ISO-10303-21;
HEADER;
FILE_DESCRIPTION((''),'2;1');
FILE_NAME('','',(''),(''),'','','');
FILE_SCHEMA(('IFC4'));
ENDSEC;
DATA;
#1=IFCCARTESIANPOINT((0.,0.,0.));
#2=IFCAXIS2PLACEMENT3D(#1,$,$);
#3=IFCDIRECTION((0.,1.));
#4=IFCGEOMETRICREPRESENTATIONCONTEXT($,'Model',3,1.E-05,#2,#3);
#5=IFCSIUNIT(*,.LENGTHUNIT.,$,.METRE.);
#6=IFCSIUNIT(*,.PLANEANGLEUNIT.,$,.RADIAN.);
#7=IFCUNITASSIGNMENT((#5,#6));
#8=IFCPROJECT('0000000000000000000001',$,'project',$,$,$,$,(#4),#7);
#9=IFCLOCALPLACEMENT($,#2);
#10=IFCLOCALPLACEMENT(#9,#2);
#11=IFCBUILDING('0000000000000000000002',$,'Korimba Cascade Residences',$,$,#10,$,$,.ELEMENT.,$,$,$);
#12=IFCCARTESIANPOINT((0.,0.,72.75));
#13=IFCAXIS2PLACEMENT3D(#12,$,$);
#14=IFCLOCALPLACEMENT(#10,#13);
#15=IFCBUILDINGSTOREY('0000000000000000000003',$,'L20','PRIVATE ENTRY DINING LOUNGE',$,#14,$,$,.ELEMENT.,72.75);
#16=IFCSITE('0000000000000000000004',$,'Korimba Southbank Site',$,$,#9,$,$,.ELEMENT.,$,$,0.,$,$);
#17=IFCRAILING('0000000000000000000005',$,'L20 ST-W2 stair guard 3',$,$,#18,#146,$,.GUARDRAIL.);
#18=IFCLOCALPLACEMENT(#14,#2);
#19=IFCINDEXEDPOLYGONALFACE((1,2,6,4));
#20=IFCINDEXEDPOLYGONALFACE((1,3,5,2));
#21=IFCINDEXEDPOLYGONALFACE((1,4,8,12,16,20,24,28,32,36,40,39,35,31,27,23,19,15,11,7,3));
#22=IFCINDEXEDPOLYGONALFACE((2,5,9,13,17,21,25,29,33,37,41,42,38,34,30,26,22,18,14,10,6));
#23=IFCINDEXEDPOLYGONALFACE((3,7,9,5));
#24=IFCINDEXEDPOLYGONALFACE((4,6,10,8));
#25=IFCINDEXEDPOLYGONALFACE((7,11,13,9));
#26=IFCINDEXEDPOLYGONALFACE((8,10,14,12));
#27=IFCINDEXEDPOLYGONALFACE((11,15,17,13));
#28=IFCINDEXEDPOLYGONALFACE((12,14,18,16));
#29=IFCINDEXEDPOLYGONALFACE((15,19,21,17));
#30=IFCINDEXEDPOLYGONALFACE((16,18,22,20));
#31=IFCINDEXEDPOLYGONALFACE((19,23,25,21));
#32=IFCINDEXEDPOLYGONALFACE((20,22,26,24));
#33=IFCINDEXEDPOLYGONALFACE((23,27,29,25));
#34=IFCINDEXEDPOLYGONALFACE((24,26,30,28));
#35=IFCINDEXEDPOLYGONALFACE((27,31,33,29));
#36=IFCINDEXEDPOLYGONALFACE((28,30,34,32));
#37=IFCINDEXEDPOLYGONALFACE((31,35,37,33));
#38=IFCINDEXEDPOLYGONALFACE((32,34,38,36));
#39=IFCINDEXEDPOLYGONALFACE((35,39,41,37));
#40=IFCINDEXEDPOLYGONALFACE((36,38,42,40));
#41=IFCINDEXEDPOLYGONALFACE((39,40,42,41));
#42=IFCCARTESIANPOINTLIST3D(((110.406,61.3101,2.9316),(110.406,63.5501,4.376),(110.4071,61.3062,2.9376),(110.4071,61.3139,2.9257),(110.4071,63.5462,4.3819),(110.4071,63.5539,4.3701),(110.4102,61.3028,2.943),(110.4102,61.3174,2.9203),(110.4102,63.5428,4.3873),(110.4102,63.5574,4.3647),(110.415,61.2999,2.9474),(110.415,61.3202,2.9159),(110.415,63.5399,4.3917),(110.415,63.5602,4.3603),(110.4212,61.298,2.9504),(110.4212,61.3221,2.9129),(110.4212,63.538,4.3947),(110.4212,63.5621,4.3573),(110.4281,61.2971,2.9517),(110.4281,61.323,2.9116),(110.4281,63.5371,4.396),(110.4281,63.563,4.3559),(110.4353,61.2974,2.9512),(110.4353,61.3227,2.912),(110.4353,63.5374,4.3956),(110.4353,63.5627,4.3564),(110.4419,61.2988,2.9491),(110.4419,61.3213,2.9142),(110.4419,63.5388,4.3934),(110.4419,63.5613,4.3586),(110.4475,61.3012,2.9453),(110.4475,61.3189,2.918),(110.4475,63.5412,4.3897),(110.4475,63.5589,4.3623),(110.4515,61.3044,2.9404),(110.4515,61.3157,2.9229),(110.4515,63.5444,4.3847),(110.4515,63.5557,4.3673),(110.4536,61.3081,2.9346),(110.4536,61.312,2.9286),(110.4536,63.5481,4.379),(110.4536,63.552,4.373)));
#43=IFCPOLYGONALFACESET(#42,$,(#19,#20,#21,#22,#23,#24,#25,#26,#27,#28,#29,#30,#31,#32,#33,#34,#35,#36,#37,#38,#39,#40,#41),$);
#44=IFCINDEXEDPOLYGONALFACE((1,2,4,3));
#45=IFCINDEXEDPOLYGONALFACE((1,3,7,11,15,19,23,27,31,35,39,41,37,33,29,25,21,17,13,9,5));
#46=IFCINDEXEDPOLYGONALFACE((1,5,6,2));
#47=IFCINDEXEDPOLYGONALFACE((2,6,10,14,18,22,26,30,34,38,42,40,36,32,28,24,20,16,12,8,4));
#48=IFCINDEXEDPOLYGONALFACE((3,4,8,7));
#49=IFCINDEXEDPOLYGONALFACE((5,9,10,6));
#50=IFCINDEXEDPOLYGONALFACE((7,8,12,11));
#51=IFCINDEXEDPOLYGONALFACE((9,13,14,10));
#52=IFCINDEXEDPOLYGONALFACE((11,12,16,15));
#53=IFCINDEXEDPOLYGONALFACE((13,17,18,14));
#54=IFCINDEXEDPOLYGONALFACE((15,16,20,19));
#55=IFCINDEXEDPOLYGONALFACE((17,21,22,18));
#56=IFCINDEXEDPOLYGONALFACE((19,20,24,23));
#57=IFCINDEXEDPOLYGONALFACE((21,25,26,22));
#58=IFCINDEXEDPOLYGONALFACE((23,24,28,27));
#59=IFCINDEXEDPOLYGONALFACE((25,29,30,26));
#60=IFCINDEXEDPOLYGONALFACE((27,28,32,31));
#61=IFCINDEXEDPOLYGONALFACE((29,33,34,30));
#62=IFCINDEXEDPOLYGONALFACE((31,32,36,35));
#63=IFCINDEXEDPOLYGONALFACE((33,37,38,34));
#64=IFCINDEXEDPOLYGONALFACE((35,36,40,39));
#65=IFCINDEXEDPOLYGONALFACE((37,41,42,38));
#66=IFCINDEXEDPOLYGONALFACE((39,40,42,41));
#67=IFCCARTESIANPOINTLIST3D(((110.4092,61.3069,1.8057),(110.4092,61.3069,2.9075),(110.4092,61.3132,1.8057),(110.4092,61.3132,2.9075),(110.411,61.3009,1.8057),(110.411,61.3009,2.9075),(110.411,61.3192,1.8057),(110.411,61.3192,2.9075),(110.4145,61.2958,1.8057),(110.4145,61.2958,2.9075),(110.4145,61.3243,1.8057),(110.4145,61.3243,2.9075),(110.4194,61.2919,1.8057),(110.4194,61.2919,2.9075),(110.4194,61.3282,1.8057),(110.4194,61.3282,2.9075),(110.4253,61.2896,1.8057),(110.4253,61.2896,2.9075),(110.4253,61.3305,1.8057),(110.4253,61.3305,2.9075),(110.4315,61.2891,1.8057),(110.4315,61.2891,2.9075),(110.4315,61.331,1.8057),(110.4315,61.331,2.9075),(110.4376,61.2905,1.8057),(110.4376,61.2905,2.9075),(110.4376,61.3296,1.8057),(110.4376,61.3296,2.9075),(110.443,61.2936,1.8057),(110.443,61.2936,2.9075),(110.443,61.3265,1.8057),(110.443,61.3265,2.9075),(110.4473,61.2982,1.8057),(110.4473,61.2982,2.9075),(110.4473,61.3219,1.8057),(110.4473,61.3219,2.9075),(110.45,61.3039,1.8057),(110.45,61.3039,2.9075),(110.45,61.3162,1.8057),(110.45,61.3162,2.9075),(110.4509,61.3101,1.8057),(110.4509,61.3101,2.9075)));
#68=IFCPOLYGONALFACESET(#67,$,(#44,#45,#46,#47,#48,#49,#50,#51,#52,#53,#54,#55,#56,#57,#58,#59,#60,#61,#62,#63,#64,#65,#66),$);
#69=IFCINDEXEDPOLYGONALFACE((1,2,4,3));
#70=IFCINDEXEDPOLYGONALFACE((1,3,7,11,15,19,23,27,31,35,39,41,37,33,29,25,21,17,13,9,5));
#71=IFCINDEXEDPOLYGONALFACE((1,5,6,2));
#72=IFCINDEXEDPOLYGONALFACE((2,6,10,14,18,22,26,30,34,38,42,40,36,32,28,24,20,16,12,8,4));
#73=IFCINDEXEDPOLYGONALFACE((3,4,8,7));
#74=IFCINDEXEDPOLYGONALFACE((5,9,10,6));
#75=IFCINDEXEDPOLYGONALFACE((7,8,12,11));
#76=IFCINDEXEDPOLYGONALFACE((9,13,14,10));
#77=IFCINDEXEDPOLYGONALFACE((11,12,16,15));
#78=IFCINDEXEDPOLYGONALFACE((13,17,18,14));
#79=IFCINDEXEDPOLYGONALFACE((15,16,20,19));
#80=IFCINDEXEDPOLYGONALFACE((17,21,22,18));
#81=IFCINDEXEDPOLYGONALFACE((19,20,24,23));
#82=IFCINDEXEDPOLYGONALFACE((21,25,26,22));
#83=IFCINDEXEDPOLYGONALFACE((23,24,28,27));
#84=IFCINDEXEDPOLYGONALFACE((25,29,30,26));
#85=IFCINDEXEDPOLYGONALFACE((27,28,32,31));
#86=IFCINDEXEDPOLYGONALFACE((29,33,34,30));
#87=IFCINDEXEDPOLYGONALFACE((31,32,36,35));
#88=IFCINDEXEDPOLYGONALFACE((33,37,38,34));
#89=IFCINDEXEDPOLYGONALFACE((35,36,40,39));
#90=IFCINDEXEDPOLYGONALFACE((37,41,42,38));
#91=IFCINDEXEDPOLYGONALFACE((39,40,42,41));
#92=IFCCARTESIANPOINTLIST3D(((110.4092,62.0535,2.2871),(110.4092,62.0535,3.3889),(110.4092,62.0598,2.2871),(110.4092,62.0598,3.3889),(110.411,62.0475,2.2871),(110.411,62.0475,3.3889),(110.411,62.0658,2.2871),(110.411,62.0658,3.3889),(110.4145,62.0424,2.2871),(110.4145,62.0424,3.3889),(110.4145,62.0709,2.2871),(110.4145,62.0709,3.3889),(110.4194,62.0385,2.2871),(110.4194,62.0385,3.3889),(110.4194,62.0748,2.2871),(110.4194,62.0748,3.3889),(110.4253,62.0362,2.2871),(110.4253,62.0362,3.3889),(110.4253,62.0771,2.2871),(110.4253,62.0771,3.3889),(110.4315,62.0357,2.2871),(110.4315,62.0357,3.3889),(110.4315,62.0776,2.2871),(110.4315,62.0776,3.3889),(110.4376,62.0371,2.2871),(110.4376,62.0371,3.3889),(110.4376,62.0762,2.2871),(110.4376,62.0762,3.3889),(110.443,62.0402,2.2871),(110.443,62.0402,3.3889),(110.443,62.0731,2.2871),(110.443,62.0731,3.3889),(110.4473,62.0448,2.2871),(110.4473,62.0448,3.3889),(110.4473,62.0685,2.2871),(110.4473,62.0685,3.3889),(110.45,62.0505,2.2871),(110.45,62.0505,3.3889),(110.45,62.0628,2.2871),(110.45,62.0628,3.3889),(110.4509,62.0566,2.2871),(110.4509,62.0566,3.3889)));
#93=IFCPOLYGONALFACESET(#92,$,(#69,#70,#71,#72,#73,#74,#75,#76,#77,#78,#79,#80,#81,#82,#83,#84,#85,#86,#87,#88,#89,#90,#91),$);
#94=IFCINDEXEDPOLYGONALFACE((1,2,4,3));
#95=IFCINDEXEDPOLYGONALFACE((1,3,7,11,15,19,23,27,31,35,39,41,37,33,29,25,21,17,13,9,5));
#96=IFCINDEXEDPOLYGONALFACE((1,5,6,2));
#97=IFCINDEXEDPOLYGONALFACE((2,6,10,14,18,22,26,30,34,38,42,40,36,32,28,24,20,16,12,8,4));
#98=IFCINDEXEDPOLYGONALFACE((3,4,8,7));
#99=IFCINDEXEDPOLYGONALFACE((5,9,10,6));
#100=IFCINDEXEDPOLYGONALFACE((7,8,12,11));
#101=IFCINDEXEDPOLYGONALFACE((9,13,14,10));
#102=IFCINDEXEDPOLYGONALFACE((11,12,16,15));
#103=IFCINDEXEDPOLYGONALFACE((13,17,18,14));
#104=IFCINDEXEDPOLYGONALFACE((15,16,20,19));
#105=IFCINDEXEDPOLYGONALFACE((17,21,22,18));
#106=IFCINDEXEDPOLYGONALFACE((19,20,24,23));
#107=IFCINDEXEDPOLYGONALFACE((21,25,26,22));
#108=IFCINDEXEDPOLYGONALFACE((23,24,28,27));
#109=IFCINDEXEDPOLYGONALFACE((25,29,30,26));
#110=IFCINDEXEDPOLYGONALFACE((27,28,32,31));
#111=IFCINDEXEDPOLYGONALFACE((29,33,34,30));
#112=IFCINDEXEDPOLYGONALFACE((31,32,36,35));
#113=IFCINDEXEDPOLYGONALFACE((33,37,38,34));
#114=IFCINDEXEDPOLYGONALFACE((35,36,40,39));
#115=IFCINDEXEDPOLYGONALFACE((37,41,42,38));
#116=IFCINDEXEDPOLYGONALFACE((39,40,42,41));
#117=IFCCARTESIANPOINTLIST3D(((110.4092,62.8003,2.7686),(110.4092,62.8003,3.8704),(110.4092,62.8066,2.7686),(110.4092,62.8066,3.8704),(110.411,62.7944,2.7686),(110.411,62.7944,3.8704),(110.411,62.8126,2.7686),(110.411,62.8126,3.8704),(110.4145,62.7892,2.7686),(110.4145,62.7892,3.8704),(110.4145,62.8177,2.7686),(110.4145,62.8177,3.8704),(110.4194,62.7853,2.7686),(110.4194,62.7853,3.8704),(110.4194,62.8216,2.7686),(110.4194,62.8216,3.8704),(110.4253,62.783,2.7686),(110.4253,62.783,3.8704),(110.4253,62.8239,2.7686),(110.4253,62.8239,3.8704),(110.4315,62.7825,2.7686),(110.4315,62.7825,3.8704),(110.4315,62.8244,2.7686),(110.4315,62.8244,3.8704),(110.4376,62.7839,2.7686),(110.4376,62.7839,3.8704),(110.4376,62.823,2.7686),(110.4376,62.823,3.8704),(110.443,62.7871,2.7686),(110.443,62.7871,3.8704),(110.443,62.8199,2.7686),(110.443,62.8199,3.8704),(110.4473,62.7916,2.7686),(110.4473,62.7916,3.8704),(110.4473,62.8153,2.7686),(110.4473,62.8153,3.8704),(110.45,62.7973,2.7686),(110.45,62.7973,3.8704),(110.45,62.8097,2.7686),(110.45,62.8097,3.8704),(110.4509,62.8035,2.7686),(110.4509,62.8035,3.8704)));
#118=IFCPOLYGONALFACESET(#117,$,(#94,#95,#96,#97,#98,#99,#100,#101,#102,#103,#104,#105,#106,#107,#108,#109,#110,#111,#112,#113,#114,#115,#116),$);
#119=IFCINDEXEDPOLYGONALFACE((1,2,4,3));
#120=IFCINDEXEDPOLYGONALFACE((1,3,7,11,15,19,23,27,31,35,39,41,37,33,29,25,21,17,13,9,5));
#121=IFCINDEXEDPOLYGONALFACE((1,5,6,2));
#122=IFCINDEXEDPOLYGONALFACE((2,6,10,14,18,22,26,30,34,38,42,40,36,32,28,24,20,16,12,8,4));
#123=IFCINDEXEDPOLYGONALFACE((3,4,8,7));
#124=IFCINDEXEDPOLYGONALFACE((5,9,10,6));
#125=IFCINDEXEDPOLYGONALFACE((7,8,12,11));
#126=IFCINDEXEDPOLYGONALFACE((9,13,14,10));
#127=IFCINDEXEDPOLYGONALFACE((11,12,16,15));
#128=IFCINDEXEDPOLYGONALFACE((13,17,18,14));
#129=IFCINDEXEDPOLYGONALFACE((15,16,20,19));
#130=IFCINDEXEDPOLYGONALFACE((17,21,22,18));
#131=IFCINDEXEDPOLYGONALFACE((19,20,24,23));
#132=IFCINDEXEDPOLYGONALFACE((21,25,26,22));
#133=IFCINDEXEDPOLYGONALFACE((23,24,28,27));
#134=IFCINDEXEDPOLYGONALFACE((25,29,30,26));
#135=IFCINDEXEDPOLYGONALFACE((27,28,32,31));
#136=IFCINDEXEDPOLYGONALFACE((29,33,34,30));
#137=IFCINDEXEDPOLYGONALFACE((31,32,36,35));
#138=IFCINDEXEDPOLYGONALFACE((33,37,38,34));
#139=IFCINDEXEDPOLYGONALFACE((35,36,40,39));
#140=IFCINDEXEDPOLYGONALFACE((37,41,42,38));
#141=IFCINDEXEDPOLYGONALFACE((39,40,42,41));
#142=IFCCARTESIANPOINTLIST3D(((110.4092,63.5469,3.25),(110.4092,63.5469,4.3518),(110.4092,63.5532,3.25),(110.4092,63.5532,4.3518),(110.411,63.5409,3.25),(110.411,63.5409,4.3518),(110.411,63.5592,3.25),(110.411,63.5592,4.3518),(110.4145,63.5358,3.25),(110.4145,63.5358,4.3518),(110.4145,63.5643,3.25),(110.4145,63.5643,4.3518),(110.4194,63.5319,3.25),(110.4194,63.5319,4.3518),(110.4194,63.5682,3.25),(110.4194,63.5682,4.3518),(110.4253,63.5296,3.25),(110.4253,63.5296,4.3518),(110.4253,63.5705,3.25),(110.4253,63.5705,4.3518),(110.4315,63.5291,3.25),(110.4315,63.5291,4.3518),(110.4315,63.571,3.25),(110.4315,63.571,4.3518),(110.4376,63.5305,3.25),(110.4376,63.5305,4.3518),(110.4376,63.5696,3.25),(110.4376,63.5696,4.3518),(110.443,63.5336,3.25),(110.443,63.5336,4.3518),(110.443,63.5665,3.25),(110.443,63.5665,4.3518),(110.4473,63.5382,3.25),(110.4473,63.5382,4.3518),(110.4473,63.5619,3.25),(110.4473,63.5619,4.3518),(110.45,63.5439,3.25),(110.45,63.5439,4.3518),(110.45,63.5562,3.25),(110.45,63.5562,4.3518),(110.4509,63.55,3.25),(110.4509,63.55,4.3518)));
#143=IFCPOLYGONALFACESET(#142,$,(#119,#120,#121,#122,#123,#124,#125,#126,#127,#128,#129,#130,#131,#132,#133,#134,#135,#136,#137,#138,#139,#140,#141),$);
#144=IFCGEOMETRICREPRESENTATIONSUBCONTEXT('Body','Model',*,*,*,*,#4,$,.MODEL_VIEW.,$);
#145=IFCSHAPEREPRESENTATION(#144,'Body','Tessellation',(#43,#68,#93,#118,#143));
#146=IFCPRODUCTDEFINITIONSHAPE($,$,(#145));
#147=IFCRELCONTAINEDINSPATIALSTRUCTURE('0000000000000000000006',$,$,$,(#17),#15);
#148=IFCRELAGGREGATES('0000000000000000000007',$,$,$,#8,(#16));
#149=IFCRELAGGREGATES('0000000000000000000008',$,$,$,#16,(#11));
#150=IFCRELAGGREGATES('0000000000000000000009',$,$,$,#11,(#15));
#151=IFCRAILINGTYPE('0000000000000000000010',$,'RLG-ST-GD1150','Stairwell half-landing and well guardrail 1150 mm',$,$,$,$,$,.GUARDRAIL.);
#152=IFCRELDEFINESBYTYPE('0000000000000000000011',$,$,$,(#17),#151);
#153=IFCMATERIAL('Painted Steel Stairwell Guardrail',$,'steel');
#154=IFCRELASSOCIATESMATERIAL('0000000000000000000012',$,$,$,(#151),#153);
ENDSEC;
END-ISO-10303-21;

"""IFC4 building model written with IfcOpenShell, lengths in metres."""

from ifc_helpers import new_model, si_unit, direction, frame, origin, origin_2d, place, context, subcontext, project, spatial, circle, extrude, material, type_object, element, save


model = new_model("IFC4")

# Units and contexts
model_context = context("Model", 3, precision=1e-05, world=origin(), true_north=direction((0.0, 1.0)))
body_context = subcontext(model_context, "Body", "Model", "MODEL_VIEW")
ifc_project = project(units=[si_unit("LENGTHUNIT", "METRE"), si_unit("PLANEANGLEUNIT", "RADIAN")], contexts=[model_context])

# Site, building, storey
site_placement = place(None, origin())
site = spatial("IfcSite", under=ifc_project, at=site_placement, Name="Korimba Southbank Site", CompositionType="ELEMENT", RefElevation=0.0)
building_placement = place(site_placement, origin())
building = spatial("IfcBuilding", under=site, at=building_placement, Name="Korimba Cascade Residences", CompositionType="ELEMENT")
storey_placement = place(building_placement, frame((0.0, 0.0, 72.75)))
storey = spatial("IfcBuildingStorey", under=building, at=storey_placement, Name="L20", Description="PRIVATE ENTRY DINING LOUNGE", CompositionType="ELEMENT", Elevation=72.75)

# Railing
ifc_material_1 = material(Name="Painted Steel Stairwell Guardrail", Category="steel")
railing_type_1 = type_object("IfcRailingType", Name="RLG-ST-GD1150", Description="Stairwell half-landing and well guardrail 1150 mm", PredefinedType="GUARDRAIL", material=ifc_material_1)
railing_1_placement = place(storey_placement, frame((110.4299, 61.3101, 1.8057)))
element("IfcRailing", 1, at=railing_1_placement, inside=storey, type_object=railing_type_1, Name="L20 ST-W2 stair guard 3", PredefinedType="GUARDRAIL", context=body_context, shape_type="SweptSolid", body=[
    extrude(circle(Radius=0.0239, at=origin_2d()), frame((0.0, 0.0, 1.126), z_axis=(0.0, 0.840437, 0.54191), x_axis=(-1.0, 0.0, 0.0)), (0.0, 0.0, 1.0), 2.6653),
    extrude(circle(Radius=0.021, at=origin_2d()), origin(), (0.0, 0.0, 1.0), 1.1018),
    extrude(circle(Radius=0.021, at=origin_2d()), frame((0.0, 0.7466, 0.4814)), (0.0, 0.0, 1.0), 1.1018),
    extrude(circle(Radius=0.021, at=origin_2d()), frame((0.0, 1.4934, 0.9629)), (0.0, 0.0, 1.0), 1.1018),
    extrude(circle(Radius=0.021, at=origin_2d()), frame((0.0, 2.24, 1.4443)), (0.0, 0.0, 1.0), 1.1018),
])

save(model, "model.ifc")
